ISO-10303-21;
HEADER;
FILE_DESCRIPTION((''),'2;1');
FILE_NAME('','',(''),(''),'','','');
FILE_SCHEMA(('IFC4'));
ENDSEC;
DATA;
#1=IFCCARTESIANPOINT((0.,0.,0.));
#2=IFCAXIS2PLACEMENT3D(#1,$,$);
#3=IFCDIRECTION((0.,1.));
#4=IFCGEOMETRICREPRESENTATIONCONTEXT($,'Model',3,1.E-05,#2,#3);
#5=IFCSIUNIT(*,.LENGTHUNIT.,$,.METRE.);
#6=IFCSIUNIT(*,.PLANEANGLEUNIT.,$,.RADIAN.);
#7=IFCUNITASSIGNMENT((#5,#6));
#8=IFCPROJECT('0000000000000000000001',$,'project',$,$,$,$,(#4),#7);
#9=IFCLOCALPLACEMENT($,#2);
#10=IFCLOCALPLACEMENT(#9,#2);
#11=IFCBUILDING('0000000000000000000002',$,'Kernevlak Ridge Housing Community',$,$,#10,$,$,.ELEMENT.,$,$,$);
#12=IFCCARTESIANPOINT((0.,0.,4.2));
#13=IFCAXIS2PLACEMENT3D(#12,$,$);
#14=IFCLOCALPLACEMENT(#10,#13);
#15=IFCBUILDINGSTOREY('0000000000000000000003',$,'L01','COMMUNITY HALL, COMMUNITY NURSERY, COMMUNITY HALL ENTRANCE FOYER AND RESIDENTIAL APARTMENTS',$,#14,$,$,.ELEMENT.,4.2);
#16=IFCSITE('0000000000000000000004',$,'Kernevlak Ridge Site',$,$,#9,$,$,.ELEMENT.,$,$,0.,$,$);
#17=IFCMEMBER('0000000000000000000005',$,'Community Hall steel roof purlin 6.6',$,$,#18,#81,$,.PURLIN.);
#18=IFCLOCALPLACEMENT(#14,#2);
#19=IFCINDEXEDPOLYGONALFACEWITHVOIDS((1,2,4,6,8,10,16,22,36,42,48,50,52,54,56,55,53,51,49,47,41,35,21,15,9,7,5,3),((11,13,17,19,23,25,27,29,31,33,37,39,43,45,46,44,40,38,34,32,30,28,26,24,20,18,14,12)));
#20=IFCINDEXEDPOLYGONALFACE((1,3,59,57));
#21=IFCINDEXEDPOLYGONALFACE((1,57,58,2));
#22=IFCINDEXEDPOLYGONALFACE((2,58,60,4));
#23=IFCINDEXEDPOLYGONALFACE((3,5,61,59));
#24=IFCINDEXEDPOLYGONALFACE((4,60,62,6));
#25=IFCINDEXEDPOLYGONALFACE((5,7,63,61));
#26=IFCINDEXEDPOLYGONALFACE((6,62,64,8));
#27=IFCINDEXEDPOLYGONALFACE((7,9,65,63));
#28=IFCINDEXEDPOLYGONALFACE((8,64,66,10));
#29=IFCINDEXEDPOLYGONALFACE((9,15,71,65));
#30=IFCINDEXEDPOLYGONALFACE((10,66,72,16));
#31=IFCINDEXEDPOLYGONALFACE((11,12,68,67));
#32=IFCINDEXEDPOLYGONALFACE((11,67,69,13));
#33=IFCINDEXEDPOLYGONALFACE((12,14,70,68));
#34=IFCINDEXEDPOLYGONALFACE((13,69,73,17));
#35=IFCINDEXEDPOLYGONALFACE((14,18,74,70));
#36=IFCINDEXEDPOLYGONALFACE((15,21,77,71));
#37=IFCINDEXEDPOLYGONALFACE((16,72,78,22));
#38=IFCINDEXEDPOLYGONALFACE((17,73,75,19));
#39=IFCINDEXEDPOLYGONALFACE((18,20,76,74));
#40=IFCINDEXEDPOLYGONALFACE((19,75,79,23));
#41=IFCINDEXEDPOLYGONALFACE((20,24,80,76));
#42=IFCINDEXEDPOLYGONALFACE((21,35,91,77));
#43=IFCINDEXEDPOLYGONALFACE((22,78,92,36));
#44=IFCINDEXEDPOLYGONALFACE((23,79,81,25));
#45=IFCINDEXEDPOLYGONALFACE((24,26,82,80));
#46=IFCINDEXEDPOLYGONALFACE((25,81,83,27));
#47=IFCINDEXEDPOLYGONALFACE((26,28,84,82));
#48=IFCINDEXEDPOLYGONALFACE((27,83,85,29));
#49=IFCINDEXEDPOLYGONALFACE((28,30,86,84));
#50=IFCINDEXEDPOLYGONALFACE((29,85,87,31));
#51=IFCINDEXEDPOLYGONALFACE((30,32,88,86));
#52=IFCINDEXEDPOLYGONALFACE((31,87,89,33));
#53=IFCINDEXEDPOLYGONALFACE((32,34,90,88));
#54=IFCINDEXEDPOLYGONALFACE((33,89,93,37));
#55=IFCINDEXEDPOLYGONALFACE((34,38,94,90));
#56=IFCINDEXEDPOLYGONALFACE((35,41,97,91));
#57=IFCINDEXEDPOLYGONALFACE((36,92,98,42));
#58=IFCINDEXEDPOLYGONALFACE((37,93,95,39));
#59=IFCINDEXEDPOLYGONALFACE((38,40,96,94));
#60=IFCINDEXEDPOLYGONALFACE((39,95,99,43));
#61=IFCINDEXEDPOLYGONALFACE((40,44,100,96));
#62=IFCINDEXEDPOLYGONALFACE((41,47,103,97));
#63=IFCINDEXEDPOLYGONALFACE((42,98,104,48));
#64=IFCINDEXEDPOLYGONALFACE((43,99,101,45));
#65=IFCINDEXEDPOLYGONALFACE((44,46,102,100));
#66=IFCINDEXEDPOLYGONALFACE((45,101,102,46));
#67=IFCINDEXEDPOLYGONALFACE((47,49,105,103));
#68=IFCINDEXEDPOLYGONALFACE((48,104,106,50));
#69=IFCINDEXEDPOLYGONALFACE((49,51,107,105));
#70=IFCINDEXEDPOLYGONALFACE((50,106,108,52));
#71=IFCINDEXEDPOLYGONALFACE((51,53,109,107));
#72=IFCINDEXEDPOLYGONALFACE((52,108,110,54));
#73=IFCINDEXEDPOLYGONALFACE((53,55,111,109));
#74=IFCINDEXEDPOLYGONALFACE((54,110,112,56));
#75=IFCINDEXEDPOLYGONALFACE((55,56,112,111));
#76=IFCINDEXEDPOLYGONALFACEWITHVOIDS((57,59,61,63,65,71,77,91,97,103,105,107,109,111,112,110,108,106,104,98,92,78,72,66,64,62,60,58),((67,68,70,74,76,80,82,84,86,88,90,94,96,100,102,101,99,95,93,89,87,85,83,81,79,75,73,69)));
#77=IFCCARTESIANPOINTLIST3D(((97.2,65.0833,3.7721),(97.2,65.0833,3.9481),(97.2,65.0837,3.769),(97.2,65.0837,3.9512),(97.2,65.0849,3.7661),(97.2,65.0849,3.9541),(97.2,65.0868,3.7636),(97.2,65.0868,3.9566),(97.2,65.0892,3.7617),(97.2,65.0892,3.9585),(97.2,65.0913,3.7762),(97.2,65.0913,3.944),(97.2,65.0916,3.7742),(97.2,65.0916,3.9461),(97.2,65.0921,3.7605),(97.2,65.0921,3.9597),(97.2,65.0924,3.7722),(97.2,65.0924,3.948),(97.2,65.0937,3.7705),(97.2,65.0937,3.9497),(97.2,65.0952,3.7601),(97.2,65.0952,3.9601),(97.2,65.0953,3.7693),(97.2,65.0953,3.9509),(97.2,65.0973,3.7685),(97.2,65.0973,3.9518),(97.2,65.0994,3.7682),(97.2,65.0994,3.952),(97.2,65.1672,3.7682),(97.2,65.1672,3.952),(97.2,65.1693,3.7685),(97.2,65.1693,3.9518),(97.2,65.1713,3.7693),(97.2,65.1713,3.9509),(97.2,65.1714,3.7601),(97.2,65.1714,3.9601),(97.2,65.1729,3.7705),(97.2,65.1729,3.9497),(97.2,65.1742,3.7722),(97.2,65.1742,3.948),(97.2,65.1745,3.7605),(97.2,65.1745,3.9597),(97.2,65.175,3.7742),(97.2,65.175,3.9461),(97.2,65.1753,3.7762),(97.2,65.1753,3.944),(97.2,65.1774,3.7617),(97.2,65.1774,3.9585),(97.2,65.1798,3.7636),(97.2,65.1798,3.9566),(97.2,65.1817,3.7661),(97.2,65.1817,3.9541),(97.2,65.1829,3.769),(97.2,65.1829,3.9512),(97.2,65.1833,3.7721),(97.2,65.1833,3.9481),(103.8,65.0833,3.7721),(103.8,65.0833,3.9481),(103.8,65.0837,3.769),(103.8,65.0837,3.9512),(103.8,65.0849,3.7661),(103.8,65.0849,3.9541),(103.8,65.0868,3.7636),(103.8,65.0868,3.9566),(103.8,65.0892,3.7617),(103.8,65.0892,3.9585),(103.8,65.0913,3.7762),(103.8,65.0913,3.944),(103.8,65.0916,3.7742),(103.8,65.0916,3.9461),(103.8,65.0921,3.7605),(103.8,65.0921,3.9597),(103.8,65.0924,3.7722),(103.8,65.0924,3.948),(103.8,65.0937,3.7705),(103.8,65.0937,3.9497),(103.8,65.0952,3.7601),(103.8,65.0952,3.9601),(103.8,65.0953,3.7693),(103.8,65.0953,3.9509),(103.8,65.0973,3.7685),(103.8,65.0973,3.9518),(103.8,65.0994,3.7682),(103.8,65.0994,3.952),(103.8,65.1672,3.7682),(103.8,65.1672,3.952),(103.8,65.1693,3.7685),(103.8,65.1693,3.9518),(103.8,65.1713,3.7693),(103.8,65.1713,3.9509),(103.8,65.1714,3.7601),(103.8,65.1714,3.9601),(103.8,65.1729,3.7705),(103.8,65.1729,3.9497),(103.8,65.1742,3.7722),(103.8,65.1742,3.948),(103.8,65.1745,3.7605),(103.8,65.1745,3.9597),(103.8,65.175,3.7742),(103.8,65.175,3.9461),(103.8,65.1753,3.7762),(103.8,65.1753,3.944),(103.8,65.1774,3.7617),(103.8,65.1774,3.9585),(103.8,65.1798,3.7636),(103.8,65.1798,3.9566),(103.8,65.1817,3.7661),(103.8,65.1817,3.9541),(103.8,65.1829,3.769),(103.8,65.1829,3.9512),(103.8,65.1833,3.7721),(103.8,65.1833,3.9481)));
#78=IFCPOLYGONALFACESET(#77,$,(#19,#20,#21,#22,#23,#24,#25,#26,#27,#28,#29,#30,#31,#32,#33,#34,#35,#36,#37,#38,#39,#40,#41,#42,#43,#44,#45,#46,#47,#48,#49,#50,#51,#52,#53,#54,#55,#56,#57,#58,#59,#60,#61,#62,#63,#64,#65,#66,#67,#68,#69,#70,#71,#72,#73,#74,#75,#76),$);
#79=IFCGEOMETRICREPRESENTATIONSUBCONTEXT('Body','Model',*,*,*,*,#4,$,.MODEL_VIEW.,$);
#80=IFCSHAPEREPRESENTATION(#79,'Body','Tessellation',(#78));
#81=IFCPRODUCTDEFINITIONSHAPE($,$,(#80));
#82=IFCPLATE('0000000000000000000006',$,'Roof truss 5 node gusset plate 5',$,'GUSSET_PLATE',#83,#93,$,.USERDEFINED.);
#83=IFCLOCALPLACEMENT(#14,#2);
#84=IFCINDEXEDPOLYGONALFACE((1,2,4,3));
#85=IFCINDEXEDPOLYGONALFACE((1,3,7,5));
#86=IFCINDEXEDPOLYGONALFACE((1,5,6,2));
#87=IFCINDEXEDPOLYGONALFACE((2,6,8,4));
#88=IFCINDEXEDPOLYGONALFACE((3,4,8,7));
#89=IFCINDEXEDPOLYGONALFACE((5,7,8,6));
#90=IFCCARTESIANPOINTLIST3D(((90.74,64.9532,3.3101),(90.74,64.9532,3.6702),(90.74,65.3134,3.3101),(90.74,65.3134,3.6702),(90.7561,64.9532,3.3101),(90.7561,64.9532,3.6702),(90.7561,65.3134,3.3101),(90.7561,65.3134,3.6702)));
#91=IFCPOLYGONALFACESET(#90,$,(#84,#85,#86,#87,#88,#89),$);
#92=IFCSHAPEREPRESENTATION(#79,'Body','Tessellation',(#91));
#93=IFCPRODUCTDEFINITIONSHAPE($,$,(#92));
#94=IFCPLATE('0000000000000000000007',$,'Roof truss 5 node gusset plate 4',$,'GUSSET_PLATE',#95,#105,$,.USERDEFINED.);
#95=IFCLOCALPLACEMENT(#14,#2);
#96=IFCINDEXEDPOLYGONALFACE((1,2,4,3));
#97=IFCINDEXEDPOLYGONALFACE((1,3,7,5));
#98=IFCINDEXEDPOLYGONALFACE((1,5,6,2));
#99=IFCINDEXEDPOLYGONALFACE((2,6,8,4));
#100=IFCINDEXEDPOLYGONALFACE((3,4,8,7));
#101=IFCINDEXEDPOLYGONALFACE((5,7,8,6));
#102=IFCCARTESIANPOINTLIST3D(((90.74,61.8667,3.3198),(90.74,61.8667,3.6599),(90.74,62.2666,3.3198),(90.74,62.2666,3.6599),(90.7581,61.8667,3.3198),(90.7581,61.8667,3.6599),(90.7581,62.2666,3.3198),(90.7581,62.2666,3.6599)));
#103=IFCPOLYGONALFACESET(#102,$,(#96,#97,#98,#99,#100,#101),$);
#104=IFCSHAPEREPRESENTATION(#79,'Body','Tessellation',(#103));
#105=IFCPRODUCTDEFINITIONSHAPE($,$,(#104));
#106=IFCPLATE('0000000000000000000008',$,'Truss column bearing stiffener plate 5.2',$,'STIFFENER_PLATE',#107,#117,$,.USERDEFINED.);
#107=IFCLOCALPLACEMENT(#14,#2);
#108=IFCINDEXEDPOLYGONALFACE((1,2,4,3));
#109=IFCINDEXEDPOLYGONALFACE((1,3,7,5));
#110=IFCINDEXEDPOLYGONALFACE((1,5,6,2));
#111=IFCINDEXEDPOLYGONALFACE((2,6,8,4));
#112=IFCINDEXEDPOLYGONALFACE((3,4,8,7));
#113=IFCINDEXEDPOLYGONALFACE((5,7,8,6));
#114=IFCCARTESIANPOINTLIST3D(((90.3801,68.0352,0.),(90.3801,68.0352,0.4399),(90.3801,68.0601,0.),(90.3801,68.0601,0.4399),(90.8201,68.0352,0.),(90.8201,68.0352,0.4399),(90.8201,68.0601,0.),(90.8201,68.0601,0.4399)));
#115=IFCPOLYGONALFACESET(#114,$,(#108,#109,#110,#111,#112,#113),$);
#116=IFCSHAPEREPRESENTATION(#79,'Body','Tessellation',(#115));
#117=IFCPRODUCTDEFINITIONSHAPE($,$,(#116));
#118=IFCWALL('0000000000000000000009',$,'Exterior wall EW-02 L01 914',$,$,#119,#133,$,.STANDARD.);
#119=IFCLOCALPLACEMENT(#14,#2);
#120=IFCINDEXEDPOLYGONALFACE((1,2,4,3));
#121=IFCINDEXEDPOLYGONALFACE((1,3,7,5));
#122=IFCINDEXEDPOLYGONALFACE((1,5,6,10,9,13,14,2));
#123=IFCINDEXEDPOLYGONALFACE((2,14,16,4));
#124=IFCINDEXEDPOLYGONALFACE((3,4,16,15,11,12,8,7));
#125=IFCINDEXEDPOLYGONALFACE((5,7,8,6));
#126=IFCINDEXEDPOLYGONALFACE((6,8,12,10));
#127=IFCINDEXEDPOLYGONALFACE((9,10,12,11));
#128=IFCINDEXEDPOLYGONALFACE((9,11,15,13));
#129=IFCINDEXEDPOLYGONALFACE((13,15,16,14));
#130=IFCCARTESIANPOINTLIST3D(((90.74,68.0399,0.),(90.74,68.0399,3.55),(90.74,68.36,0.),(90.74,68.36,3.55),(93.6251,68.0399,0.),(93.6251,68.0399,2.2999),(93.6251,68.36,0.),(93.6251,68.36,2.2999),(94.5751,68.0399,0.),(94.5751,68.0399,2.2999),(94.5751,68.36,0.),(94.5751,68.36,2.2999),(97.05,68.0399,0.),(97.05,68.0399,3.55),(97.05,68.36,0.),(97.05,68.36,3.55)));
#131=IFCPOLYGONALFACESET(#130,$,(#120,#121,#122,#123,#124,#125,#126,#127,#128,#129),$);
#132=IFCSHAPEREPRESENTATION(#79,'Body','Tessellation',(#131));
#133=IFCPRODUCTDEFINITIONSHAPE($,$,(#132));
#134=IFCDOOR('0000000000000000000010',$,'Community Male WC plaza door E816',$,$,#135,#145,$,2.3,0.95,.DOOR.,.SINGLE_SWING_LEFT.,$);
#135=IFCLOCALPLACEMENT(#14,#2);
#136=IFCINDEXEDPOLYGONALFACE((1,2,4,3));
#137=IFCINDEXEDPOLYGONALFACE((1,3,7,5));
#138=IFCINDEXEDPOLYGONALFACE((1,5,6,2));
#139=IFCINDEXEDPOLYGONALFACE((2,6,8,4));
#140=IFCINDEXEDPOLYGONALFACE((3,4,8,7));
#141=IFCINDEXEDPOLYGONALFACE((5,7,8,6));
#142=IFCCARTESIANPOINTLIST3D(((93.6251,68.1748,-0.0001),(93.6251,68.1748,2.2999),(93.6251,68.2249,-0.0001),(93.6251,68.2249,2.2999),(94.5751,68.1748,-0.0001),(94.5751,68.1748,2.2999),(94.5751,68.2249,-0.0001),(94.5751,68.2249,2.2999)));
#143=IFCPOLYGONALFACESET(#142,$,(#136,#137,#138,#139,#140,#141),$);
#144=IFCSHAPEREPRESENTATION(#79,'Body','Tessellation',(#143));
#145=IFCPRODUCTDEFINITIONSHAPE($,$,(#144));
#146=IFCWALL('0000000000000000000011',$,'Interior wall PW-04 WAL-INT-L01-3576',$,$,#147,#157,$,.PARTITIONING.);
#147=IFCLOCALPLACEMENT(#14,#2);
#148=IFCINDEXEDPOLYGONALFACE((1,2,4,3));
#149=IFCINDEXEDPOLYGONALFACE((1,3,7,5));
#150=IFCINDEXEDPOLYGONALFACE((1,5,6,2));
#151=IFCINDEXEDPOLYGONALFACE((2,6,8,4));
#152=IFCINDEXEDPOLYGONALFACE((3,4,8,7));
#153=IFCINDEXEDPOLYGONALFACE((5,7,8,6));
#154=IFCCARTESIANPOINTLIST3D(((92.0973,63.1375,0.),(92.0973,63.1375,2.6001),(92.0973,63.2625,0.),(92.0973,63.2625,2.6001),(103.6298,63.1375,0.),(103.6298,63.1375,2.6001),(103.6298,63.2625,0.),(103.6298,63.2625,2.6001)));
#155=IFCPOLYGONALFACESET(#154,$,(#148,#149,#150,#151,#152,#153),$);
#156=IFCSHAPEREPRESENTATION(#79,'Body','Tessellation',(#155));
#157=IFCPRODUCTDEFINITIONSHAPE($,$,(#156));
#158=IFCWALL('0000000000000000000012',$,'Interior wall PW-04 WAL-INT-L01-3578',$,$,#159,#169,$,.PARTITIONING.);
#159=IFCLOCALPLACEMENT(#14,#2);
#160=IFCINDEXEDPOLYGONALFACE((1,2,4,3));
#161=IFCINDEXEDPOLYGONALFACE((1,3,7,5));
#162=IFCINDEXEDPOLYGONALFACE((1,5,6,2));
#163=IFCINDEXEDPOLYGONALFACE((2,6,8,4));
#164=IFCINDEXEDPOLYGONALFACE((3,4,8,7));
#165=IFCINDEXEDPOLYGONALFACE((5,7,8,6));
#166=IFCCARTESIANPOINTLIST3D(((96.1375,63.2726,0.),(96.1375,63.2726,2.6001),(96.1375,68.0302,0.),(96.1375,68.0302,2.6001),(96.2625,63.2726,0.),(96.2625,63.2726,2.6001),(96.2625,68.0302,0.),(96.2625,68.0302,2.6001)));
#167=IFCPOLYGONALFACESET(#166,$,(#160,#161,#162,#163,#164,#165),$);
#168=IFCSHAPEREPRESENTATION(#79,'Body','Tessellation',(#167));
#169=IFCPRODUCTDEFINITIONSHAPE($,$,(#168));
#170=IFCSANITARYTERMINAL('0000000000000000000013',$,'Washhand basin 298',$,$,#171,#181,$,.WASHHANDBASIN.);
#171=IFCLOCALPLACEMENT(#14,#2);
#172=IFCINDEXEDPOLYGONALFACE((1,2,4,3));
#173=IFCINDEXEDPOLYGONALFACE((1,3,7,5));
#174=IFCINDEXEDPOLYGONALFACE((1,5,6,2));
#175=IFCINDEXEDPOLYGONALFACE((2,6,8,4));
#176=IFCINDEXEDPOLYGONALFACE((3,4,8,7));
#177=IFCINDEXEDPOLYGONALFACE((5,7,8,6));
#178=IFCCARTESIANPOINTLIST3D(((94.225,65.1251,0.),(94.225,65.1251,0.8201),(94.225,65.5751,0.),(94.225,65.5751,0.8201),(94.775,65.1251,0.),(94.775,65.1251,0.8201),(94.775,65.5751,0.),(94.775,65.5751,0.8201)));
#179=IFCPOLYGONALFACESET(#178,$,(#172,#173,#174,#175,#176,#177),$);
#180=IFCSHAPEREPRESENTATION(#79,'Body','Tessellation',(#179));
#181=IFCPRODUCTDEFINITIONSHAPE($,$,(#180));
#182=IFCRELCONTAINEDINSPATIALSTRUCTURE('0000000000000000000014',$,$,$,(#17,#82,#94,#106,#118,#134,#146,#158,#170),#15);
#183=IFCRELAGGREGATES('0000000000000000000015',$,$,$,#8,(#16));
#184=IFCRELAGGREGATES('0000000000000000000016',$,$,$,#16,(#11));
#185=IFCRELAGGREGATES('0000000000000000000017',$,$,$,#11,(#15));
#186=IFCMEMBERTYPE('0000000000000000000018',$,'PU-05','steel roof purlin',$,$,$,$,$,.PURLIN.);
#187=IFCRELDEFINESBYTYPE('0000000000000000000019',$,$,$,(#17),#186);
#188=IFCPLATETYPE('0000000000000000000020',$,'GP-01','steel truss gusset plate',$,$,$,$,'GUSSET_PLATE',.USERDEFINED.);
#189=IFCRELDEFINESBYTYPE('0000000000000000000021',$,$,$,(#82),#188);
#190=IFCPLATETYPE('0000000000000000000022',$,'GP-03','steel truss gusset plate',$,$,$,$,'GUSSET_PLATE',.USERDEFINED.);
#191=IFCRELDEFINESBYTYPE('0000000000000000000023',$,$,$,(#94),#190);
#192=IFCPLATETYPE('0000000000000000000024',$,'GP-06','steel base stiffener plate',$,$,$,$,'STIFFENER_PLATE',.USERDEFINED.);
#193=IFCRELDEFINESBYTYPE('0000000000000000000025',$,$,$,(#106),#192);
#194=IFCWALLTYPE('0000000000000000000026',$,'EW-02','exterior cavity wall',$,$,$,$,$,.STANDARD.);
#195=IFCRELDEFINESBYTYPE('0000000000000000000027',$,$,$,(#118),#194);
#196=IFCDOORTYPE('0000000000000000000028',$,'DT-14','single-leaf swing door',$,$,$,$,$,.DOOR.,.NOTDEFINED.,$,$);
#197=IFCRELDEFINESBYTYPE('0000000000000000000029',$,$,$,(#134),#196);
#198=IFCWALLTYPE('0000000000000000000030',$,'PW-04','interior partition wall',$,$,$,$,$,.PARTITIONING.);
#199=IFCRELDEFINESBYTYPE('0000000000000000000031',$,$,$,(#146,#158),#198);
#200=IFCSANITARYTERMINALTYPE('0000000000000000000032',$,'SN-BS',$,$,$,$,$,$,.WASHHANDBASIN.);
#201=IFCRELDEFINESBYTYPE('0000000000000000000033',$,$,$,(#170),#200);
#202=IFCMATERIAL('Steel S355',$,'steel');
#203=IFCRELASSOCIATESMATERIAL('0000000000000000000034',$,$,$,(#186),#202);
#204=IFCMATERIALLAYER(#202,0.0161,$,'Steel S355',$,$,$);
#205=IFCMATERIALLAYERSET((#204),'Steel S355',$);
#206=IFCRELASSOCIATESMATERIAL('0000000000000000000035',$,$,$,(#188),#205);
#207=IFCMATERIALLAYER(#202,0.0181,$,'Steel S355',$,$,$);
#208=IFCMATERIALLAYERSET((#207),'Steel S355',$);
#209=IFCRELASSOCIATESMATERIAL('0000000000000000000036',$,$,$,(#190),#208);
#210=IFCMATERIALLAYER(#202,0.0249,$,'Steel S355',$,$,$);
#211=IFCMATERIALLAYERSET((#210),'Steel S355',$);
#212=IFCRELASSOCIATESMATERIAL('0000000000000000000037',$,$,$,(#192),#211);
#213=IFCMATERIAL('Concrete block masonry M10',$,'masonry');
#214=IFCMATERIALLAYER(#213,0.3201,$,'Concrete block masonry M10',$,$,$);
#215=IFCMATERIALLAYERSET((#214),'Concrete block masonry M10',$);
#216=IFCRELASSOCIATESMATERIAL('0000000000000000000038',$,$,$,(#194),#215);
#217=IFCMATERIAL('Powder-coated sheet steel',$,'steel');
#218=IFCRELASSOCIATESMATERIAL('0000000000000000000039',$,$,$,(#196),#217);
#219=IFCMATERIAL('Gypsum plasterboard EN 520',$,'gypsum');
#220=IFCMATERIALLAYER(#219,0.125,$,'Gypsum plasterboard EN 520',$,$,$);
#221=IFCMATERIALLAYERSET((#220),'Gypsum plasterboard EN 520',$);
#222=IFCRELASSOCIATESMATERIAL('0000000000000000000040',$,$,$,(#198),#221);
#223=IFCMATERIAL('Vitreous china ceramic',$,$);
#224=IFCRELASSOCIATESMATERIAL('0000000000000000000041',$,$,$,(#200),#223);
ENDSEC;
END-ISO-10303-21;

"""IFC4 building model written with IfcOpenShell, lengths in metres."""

from ifc_helpers import new_model, si_unit, direction, frame, frame_2d, origin, origin_2d, place, context, subcontext, project, spatial, rectangle, hollow_rectangle, extrude, material, layer, layer_set, material_profile, profile_set, type_object, element, fill, save


model = new_model("IFC4")

# Units and contexts
model_context = context("Model", 3, precision=1e-05, world=origin(), true_north=direction((0.0, 1.0)))
body_context = subcontext(model_context, "Body", "Model", "MODEL_VIEW")
ifc_project = project(units=[si_unit("LENGTHUNIT", "METRE"), si_unit("PLANEANGLEUNIT", "RADIAN")], contexts=[model_context])

# Site, building, storey
site_placement = place(None, origin())
site = spatial("IfcSite", under=ifc_project, at=site_placement, Name="Kernevlak Ridge Site", CompositionType="ELEMENT", RefElevation=0.0)
building_placement = place(site_placement, origin())
building = spatial("IfcBuilding", under=site, at=building_placement, Name="Kernevlak Ridge Housing Community", CompositionType="ELEMENT")
storey_placement = place(building_placement, frame((0.0, 0.0, 4.2)))
storey = spatial("IfcBuildingStorey", under=building, at=storey_placement, Name="L01", Description="COMMUNITY HALL, COMMUNITY NURSERY, COMMUNITY HALL ENTRANCE FOYER AND RESIDENTIAL APARTMENTS", CompositionType="ELEMENT", Elevation=4.2)

# Shared definitions
ifc_material_1 = material(Name="Steel S355", Category="steel")

# Member
ifc_material_profile_1 = material_profile(ifc_material_1, hollow_rectangle(XDim=0.1001, YDim=0.2, WallThickness=0.0081, InnerFilletRadius=0.0081, OuterFilletRadius=0.012, at=origin_2d()), Name="RHS 200x100x8")
ifc_profile_set_1 = profile_set([ifc_material_profile_1], Name="Steel S355")
member_type_1 = type_object("IfcMemberType", Name="PU-05", Description="steel roof purlin", PredefinedType="PURLIN", material=ifc_profile_set_1)
member_1_placement = place(storey_placement, frame((97.2, 65.1333, 3.8601), z_axis=(1.0, 0.0, 0.0), x_axis=(0.0, 1.0, 0.0)))
element("IfcMember", 1, at=member_1_placement, inside=storey, type_object=member_type_1, Name="Community Hall steel roof purlin 6.6", PredefinedType="PURLIN", context=body_context, shape_type="SweptSolid", body=[
    extrude(hollow_rectangle(XDim=0.1001, YDim=0.2, WallThickness=0.0081, InnerFilletRadius=0.0081, OuterFilletRadius=0.012, at=origin_2d()), origin(), (0.0, 0.0, 1.0), 6.6001),
])

# Plates
ifc_layer_1 = layer(ifc_material_1, 0.0161, Name="Steel S355")
ifc_layer_set_1 = layer_set([ifc_layer_1], Name="Steel S355")
plate_type_1 = type_object("IfcPlateType", Name="GP-01", Description="steel truss gusset plate", ElementType="GUSSET_PLATE", PredefinedType="USERDEFINED", material=ifc_layer_set_1)
plate_1_placement = place(storey_placement, frame((90.748, 65.1333, 3.3101), z_axis=(0.0, 0.0, 1.0), x_axis=(1.0, 0.0, 0.0)))
element("IfcPlate", 2, at=plate_1_placement, inside=storey, type_object=plate_type_1, Name="Roof truss 5 node gusset plate 5", ObjectType="GUSSET_PLATE", PredefinedType="USERDEFINED", context=body_context, shape_type="SweptSolid", body=[
    extrude(rectangle(XDim=0.0161, YDim=0.3601, at=origin_2d()), origin(), (0.0, 0.0, 1.0), 0.3601),
])
ifc_layer_2 = layer(ifc_material_1, 0.0181, Name="Steel S355")
ifc_layer_set_2 = layer_set([ifc_layer_2], Name="Steel S355")
plate_type_2 = type_object("IfcPlateType", Name="GP-03", Description="steel truss gusset plate", ElementType="GUSSET_PLATE", PredefinedType="USERDEFINED", material=ifc_layer_set_2)
plate_2_placement = place(storey_placement, frame((90.749, 62.0667, 3.3198), z_axis=(0.0, 0.0, 1.0), x_axis=(1.0, 0.0, 0.0)))
element("IfcPlate", 3, at=plate_2_placement, inside=storey, type_object=plate_type_2, Name="Roof truss 5 node gusset plate 4", ObjectType="GUSSET_PLATE", PredefinedType="USERDEFINED", context=body_context, shape_type="SweptSolid", body=[
    extrude(rectangle(XDim=0.0181, YDim=0.3999, at=origin_2d()), origin(), (0.0, 0.0, 1.0), 0.3401),
])
ifc_layer_3 = layer(ifc_material_1, 0.0249, Name="Steel S355")
ifc_layer_set_3 = layer_set([ifc_layer_3], Name="Steel S355")
plate_type_3 = type_object("IfcPlateType", Name="GP-06", Description="steel base stiffener plate", ElementType="STIFFENER_PLATE", PredefinedType="USERDEFINED", material=ifc_layer_set_3)
plate_3_placement = place(storey_placement, frame((90.6001, 68.0476, 0.0), z_axis=(0.0, 0.0, 1.0), x_axis=(1.0, 0.0, 0.0)))
element("IfcPlate", 4, at=plate_3_placement, inside=storey, type_object=plate_type_3, Name="Truss column bearing stiffener plate 5.2", ObjectType="STIFFENER_PLATE", PredefinedType="USERDEFINED", context=body_context, shape_type="SweptSolid", body=[
    extrude(rectangle(XDim=0.4399, YDim=0.0249, at=origin_2d()), origin(), (0.0, 0.0, 1.0), 0.4399),
])

# Wall, opening, door
ifc_material_2 = material(Name="Concrete block masonry M10", Category="masonry")
ifc_layer_4 = layer(ifc_material_2, 0.3201, Name="Concrete block masonry M10")
ifc_layer_set_4 = layer_set([ifc_layer_4], Name="Concrete block masonry M10")
wall_type_1 = type_object("IfcWallType", Name="EW-02", Description="exterior cavity wall", PredefinedType="STANDARD", material=ifc_layer_set_4)
wall_1_placement = place(storey_placement, frame((90.74, 68.2, 0.0), z_axis=(0.0, 0.0, 1.0), x_axis=(1.0, 0.0, 0.0)))
wall_1 = element("IfcWall", 5, at=wall_1_placement, inside=storey, type_object=wall_type_1, Name="Exterior wall EW-02 L01 914", PredefinedType="STANDARD", context=body_context, shape_type="SweptSolid", body=[
    extrude(rectangle(XDim=6.3101, YDim=0.3201, at=frame_2d((3.155, 0.0))), origin(), (0.0, 0.0, 1.0), 3.55),
])
opening_placement = place(wall_1_placement, frame((2.885, 0.0, 0.0)))
opening = element("IfcOpeningElement", 6, at=opening_placement, cuts=wall_1, PredefinedType="OPENING", context=body_context, shape_type="SweptSolid", body=[
    extrude(rectangle(XDim=0.95, YDim=2.3, at=frame_2d((0.4751, 1.1499))), frame((0.0, 0.1699, 0.0), z_axis=(0.0, -1.0, 0.0), x_axis=(1.0, 0.0, 0.0)), (0.0, 0.0, 1.0), 0.3401),
])
ifc_material_3 = material(Name="Powder-coated sheet steel", Category="steel")
door_type = type_object("IfcDoorType", Name="DT-14", Description="single-leaf swing door", OperationType="NOTDEFINED", PredefinedType="DOOR", material=ifc_material_3)
door_placement = place(opening_placement, origin())
door = element("IfcDoor", 7, at=door_placement, inside=storey, type_object=door_type, Name="Community Male WC plaza door E816", OperationType="SINGLE_SWING_LEFT", OverallHeight=2.3, OverallWidth=0.95, PredefinedType="DOOR", context=body_context, shape_type="SweptSolid", body=[
    extrude(rectangle(XDim=0.95, YDim=2.3, at=frame_2d((0.4751, 1.1499))), frame((0.0, 0.0249, 0.0), z_axis=(0.0, -1.0, 0.0), x_axis=(1.0, 0.0, 0.0)), (0.0, 0.0, 1.0), 0.05),
])
fill(opening, door)

# Walls
ifc_material_4 = material(Name="Gypsum plasterboard EN 520", Category="gypsum")
ifc_layer_5 = layer(ifc_material_4, 0.125, Name="Gypsum plasterboard EN 520")
ifc_layer_set_5 = layer_set([ifc_layer_5], Name="Gypsum plasterboard EN 520")
wall_type_2 = type_object("IfcWallType", Name="PW-04", Description="interior partition wall", PredefinedType="PARTITIONING", material=ifc_layer_set_5)
wall_2_placement = place(storey_placement, frame((92.0974, 63.2, 0.0), z_axis=(0.0, 0.0, 1.0), x_axis=(1.0, 0.0, 0.0)))
element("IfcWall", 8, at=wall_2_placement, inside=storey, type_object=wall_type_2, Name="Interior wall PW-04 WAL-INT-L01-3576", PredefinedType="PARTITIONING", context=body_context, shape_type="SweptSolid", body=[
    extrude(rectangle(XDim=11.5325, YDim=0.125, at=frame_2d((5.7661, 0.0))), origin(), (0.0, 0.0, 1.0), 2.6001),
])
wall_3_placement = place(storey_placement, frame((96.2, 63.2725, 0.0), z_axis=(0.0, 0.0, 1.0), x_axis=(0.0, 1.0, 0.0)))
element("IfcWall", 9, at=wall_3_placement, inside=storey, type_object=wall_type_2, Name="Interior wall PW-04 WAL-INT-L01-3578", PredefinedType="PARTITIONING", context=body_context, shape_type="SweptSolid", body=[
    extrude(rectangle(XDim=4.7576, YDim=0.125, at=frame_2d((2.3789, 0.0))), origin(), (0.0, 0.0, 1.0), 2.6001),
])

# Sanitary terminal
ifc_material_5 = material(Name="Vitreous china ceramic")
sanitary_terminal_type_1 = type_object("IfcSanitaryTerminalType", Name="SN-BS", PredefinedType="WASHHANDBASIN", material=ifc_material_5)
sanitary_terminal_1_placement = place(storey_placement, frame((94.5, 65.3501, 0.0), z_axis=(0.0, 0.0, 1.0), x_axis=(1.0, 0.0, 0.0)))
element("IfcSanitaryTerminal", 10, at=sanitary_terminal_1_placement, inside=storey, type_object=sanitary_terminal_type_1, Name="Washhand basin 298", PredefinedType="WASHHANDBASIN", context=body_context, shape_type="SweptSolid", body=[
    extrude(rectangle(XDim=0.55, YDim=0.45, at=origin_2d()), origin(), (0.0, 0.0, 1.0), 0.8201),
])

save(model, "model.ifc")
